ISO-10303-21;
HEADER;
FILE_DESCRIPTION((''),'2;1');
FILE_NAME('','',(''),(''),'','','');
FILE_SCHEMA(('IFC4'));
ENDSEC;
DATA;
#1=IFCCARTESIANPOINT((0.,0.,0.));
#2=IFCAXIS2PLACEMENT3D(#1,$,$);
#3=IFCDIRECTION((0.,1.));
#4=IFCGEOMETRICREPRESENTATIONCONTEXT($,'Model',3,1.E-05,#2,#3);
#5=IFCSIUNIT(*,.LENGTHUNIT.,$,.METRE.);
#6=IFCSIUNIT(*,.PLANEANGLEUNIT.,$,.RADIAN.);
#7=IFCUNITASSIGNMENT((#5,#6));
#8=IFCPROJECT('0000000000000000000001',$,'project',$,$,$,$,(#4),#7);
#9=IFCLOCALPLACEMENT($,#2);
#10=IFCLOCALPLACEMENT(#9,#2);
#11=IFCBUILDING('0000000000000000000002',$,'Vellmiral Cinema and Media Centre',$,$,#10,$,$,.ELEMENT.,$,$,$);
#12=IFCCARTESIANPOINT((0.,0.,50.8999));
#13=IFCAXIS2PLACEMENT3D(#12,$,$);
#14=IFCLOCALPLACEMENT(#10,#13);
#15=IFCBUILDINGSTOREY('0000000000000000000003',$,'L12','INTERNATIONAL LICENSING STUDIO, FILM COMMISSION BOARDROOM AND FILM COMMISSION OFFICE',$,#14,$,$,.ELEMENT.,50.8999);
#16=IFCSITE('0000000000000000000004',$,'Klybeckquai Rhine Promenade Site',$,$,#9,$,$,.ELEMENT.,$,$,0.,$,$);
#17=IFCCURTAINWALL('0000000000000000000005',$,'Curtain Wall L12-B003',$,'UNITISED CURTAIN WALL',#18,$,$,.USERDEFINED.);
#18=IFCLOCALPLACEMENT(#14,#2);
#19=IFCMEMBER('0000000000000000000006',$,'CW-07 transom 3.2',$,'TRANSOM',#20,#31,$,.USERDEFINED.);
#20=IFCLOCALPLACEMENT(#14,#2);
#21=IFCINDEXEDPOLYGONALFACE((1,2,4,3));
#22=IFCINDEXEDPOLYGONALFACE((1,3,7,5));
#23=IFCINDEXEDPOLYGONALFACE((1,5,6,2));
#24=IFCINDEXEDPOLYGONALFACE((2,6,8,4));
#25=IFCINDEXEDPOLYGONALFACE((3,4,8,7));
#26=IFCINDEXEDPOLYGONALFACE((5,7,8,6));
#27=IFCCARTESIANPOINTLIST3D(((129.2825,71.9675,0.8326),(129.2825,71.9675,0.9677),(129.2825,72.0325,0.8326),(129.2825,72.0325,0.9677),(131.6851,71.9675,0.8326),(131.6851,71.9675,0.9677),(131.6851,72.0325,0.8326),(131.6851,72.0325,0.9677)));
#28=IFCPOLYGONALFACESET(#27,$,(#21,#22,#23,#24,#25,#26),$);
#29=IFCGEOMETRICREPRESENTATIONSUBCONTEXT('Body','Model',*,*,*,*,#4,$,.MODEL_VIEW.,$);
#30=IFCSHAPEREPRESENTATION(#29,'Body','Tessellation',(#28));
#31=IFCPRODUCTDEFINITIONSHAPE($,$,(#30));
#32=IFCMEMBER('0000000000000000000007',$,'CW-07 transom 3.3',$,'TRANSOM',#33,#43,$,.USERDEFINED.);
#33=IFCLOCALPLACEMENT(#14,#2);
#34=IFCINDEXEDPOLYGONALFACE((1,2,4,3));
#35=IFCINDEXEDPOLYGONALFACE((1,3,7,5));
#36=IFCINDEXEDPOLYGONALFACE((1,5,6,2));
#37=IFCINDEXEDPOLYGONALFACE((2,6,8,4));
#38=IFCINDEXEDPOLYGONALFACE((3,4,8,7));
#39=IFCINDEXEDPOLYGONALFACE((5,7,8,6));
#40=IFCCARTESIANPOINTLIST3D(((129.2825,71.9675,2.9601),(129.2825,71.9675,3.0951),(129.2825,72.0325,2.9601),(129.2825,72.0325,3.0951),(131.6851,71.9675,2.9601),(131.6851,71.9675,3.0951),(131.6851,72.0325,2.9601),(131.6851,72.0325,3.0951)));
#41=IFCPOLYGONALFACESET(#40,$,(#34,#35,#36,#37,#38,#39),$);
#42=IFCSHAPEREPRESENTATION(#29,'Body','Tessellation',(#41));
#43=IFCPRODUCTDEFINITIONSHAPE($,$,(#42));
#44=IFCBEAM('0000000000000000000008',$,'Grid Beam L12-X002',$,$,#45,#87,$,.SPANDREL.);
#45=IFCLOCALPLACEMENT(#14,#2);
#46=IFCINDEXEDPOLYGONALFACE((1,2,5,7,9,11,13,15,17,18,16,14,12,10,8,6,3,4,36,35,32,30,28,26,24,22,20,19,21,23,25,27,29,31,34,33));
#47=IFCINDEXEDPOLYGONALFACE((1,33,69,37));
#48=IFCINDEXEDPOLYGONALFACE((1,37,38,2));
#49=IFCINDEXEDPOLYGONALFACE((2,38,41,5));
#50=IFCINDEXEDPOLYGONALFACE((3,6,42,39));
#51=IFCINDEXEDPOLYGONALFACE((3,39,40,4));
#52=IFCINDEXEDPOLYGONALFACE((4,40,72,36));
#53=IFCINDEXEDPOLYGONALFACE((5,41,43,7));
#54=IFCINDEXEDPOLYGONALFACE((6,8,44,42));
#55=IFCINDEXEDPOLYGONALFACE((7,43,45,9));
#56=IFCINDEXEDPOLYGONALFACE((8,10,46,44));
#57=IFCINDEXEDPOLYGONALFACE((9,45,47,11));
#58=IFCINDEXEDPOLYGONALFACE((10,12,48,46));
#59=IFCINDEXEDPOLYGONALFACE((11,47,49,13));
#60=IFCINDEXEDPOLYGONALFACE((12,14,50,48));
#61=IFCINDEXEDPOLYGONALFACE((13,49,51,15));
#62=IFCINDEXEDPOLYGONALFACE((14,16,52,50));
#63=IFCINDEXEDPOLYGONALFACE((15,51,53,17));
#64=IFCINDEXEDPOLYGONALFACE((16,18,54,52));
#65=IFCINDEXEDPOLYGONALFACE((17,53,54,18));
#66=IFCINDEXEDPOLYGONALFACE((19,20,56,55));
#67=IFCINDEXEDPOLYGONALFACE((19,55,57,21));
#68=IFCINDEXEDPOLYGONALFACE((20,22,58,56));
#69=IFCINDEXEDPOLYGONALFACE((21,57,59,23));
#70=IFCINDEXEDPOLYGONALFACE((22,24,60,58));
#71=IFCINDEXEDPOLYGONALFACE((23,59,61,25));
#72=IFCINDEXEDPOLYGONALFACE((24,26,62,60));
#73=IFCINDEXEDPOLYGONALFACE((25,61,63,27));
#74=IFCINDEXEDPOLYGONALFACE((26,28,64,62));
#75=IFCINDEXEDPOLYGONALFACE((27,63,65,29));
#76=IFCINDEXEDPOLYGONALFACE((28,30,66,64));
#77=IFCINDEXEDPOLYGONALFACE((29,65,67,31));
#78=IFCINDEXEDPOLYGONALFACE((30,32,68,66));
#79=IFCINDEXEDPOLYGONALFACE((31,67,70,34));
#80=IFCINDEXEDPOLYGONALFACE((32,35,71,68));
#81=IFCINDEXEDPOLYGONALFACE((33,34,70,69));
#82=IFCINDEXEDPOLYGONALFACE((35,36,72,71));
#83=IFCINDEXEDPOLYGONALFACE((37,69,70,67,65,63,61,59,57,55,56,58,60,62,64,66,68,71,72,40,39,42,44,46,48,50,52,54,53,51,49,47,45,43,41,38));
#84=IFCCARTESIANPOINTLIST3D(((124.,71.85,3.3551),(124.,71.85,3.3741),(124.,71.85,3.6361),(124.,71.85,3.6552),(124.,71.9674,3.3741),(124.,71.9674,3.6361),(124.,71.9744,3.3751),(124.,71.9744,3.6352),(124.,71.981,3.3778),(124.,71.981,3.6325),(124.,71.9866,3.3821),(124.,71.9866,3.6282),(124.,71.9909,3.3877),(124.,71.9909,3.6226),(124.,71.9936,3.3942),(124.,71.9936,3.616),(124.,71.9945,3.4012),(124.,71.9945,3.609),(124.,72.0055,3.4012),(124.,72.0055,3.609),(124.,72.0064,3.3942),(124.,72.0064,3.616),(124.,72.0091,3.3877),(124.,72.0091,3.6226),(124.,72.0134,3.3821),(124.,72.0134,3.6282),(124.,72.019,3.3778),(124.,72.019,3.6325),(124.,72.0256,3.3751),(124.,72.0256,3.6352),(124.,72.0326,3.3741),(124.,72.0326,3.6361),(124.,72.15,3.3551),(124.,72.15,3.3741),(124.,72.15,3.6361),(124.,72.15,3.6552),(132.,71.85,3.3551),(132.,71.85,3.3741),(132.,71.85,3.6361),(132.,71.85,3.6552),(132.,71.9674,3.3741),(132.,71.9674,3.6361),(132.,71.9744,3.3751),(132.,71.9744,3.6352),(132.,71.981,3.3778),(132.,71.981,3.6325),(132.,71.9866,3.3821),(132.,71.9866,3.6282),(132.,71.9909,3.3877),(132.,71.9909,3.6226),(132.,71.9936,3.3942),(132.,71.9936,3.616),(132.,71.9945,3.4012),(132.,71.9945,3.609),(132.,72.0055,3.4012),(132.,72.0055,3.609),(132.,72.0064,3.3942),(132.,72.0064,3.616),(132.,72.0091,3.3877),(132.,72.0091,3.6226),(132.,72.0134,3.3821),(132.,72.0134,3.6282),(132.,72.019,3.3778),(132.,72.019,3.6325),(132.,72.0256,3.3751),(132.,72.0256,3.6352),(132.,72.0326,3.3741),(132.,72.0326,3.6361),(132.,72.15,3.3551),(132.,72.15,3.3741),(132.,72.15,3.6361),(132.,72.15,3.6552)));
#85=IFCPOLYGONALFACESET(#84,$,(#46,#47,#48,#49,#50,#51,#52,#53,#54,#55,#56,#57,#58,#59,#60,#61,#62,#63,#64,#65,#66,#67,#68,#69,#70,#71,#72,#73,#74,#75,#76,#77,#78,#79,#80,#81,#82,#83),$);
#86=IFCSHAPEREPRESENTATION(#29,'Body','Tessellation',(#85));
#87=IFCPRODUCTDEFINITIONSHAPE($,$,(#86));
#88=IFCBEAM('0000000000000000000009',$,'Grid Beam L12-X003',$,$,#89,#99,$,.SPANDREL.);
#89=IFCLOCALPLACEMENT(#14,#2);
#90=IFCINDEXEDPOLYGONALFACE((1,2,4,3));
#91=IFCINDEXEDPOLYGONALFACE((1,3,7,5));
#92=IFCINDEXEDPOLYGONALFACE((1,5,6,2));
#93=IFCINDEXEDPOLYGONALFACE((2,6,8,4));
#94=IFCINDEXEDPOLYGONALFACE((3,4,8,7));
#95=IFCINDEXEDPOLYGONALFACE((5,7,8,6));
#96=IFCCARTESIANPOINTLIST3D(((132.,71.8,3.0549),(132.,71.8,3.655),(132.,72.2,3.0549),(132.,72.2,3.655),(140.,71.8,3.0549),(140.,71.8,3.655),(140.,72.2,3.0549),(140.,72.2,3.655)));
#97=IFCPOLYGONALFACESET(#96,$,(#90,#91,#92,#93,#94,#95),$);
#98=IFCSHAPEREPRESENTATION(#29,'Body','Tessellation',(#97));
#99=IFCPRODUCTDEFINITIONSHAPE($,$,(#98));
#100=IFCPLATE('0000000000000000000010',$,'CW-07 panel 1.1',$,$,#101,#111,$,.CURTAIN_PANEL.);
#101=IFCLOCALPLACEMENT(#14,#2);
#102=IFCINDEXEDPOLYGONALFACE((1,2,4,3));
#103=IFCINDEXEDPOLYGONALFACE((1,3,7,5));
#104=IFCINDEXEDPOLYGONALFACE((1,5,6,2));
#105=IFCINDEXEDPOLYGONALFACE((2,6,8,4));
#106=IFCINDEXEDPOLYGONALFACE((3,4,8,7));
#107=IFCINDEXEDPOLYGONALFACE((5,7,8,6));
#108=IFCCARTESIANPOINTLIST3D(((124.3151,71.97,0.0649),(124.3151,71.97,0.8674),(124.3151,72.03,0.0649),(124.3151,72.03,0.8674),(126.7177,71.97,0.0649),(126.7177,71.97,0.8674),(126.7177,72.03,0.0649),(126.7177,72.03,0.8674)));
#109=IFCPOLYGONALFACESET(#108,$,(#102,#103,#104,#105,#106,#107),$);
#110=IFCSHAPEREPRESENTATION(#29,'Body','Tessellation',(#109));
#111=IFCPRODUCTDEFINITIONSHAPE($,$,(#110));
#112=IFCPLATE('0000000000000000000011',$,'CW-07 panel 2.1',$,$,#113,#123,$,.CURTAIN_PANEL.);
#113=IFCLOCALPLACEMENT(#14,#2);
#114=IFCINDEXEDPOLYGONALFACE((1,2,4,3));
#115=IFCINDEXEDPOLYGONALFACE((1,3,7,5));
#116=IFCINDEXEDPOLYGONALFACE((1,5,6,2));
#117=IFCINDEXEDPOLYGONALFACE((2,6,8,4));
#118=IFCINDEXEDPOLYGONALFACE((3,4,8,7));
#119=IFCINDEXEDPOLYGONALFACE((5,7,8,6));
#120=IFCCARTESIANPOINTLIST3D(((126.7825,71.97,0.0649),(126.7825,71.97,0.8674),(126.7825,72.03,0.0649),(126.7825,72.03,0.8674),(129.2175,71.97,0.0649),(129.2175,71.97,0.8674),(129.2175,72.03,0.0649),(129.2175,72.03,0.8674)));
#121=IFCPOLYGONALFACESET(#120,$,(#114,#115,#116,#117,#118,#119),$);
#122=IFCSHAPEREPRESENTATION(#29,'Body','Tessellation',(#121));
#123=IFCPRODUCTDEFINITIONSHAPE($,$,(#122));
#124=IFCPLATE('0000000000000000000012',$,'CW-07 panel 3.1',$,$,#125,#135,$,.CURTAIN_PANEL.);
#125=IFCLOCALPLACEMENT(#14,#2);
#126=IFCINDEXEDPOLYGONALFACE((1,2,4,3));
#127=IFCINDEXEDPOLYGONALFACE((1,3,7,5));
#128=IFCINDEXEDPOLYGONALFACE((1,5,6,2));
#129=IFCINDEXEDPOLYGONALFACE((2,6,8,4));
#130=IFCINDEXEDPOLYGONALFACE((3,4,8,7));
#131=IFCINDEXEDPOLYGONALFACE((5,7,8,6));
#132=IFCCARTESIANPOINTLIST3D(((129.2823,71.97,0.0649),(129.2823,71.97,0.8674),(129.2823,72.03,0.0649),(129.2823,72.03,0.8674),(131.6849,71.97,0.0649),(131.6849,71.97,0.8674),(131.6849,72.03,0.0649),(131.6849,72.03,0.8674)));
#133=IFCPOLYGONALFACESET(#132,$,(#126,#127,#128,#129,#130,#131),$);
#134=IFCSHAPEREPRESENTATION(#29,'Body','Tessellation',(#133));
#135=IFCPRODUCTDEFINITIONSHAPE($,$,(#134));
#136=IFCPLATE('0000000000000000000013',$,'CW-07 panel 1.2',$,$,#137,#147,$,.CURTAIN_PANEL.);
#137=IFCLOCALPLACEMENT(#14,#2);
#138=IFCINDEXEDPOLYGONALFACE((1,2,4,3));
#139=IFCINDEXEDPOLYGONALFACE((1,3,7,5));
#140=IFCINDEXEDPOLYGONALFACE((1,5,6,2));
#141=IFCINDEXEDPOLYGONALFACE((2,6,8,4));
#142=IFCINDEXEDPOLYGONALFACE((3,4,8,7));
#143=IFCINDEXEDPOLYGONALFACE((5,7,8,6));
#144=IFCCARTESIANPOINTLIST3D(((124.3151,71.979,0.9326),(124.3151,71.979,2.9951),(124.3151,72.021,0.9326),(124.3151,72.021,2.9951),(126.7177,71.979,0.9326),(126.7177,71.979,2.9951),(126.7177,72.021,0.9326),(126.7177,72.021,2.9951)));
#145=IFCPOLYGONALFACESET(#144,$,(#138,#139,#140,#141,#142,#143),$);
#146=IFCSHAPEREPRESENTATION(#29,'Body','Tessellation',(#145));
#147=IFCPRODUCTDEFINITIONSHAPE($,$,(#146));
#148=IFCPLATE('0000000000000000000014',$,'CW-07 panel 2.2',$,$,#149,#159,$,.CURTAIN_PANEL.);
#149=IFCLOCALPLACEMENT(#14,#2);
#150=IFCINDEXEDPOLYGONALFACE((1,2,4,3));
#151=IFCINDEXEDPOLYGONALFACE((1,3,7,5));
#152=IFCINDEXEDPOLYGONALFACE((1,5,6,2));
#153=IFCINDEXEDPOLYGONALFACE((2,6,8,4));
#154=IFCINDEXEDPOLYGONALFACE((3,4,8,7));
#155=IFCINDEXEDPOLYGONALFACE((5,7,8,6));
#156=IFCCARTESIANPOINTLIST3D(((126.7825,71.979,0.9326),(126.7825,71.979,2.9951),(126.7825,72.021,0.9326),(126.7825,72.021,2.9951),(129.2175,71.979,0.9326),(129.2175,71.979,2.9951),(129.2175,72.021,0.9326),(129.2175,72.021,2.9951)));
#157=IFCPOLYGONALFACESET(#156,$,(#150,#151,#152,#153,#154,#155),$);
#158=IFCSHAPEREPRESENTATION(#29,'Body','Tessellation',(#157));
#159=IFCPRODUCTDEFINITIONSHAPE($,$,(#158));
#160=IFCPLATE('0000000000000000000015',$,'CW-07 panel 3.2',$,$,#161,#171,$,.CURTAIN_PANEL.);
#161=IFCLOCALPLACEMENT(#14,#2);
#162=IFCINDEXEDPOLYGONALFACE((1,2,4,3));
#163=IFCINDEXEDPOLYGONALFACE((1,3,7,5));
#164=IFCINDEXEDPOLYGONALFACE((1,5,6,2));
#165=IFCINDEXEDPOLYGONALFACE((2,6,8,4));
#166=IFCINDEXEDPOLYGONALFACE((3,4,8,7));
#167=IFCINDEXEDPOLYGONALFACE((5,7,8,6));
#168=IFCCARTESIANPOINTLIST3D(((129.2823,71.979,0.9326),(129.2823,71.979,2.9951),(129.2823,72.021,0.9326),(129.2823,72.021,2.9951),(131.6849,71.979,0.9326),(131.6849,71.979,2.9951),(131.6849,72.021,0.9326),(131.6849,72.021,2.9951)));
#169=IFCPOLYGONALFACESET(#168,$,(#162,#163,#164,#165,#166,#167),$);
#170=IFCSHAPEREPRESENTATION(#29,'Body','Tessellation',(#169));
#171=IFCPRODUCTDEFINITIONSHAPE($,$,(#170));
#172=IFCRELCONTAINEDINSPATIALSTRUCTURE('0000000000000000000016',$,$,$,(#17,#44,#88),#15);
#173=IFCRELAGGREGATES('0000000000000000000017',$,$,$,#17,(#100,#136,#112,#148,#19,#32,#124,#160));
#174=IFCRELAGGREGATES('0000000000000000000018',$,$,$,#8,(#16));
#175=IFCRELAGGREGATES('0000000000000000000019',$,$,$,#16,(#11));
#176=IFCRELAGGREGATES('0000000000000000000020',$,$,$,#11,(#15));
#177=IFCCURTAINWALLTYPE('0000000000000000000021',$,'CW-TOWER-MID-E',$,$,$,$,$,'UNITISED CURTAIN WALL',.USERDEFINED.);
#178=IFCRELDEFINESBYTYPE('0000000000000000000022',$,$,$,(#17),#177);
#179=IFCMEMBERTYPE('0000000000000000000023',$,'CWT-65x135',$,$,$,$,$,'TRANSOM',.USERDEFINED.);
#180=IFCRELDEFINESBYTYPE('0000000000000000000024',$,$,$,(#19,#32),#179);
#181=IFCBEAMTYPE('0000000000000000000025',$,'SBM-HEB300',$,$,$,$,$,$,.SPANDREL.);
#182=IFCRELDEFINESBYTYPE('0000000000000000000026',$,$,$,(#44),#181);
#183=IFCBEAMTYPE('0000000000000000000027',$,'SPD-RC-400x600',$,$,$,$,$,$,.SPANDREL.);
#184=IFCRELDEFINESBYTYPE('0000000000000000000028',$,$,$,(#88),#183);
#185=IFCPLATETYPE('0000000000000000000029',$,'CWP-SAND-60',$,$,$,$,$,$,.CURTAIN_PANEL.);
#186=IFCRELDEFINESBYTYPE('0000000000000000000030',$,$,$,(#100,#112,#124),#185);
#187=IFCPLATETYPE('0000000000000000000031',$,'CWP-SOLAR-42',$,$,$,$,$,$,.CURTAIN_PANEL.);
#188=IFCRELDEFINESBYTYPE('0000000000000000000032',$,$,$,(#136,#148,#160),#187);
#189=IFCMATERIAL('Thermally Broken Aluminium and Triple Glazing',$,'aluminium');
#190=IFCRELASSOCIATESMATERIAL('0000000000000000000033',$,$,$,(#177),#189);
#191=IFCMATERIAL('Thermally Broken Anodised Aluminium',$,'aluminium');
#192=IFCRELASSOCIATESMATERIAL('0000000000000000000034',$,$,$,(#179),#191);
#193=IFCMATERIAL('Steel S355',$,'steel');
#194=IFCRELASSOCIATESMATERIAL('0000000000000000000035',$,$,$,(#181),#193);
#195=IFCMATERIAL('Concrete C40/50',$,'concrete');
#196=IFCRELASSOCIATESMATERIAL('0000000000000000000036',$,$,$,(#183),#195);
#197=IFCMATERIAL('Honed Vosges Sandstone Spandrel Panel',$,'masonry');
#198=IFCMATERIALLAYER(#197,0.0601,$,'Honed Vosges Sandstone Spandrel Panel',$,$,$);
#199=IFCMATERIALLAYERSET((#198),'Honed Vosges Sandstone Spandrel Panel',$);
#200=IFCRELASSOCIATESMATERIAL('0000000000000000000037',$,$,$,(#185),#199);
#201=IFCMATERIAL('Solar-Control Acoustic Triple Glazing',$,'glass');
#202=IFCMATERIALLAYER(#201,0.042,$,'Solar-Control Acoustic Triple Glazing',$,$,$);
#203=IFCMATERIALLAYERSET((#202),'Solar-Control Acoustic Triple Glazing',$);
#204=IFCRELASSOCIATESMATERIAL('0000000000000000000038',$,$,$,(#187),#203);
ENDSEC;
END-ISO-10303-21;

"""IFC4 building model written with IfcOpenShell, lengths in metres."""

from ifc_helpers import new_model, si_unit, direction, frame, origin, origin_2d, place, context, subcontext, project, spatial, rectangle, i_section, extrude, material, layer, layer_set, material_profile, profile_set, type_object, element, aggregate, save


model = new_model("IFC4")

# Units and contexts
model_context = context("Model", 3, precision=1e-05, world=origin(), true_north=direction((0.0, 1.0)))
body_context = subcontext(model_context, "Body", "Model", "MODEL_VIEW")
ifc_project = project(units=[si_unit("LENGTHUNIT", "METRE"), si_unit("PLANEANGLEUNIT", "RADIAN")], contexts=[model_context])

# Site, building, storey
site_placement = place(None, origin())
site = spatial("IfcSite", under=ifc_project, at=site_placement, Name="Klybeckquai Rhine Promenade Site", CompositionType="ELEMENT", RefElevation=0.0)
building_placement = place(site_placement, origin())
building = spatial("IfcBuilding", under=site, at=building_placement, Name="Vellmiral Cinema and Media Centre", CompositionType="ELEMENT")
storey_placement = place(building_placement, frame((0.0, 0.0, 50.8999)))
storey = spatial("IfcBuildingStorey", under=building, at=storey_placement, Name="L12", Description="INTERNATIONAL LICENSING STUDIO, FILM COMMISSION BOARDROOM AND FILM COMMISSION OFFICE", CompositionType="ELEMENT", Elevation=50.8999)

# Curtain wall, members
ifc_material_1 = material(Name="Thermally Broken Aluminium and Triple Glazing", Category="aluminium")
curtain_wall_type = type_object("IfcCurtainWallType", Name="CW-TOWER-MID-E", ElementType="UNITISED CURTAIN WALL", PredefinedType="USERDEFINED", material=ifc_material_1)
curtain_wall_placement = place(storey_placement, origin())
curtain_wall = element("IfcCurtainWall", 1, at=curtain_wall_placement, inside=storey, type_object=curtain_wall_type, Name="Curtain Wall L12-B003", ObjectType="UNITISED CURTAIN WALL", PredefinedType="USERDEFINED")
ifc_material_2 = material(Name="Thermally Broken Anodised Aluminium", Category="aluminium")
ifc_material_profile_1 = material_profile(ifc_material_2, rectangle(XDim=0.0649, YDim=0.135, at=origin_2d()), Name="MULL 65x135")
ifc_profile_set_1 = profile_set([ifc_material_profile_1], Name="Thermally Broken Anodised Aluminium")
member_type_1 = type_object("IfcMemberType", Name="CWT-65x135", ElementType="TRANSOM", PredefinedType="USERDEFINED", material=ifc_profile_set_1)
member_1_placement = place(storey_placement, frame((129.2825, 72.0, 0.9001), z_axis=(1.0, 0.0, 0.0), x_axis=(0.0, 1.0, 0.0)))
member_1 = element("IfcMember", 2, at=member_1_placement, type_object=member_type_1, Name="CW-07 transom 3.2", ObjectType="TRANSOM", PredefinedType="USERDEFINED", context=body_context, shape_type="SweptSolid", body=[
    extrude(rectangle(XDim=0.0649, YDim=0.135, at=origin_2d()), origin(), (0.0, 0.0, 1.0), 2.4026),
])
member_2_placement = place(storey_placement, frame((129.2825, 72.0, 3.0276), z_axis=(1.0, 0.0, 0.0), x_axis=(0.0, 1.0, 0.0)))
member_2 = element("IfcMember", 3, at=member_2_placement, type_object=member_type_1, Name="CW-07 transom 3.3", ObjectType="TRANSOM", PredefinedType="USERDEFINED", context=body_context, shape_type="SweptSolid", body=[
    extrude(rectangle(XDim=0.0649, YDim=0.135, at=origin_2d()), origin(), (0.0, 0.0, 1.0), 2.4026),
])

# Beams
ifc_material_3 = material(Name="Steel S355", Category="steel")
ifc_material_profile_2 = material_profile(ifc_material_3, i_section(OverallWidth=0.3, OverallDepth=0.3, WebThickness=0.011, FlangeThickness=0.019, FilletRadius=0.0271, at=origin_2d()), Name="HEB 300")
ifc_profile_set_2 = profile_set([ifc_material_profile_2], Name="Steel S355")
beam_type_1 = type_object("IfcBeamType", Name="SBM-HEB300", PredefinedType="SPANDREL", material=ifc_profile_set_2)
beam_1_placement = place(storey_placement, frame((124.0, 72.0, 3.5051), z_axis=(1.0, 0.0, 0.0), x_axis=(0.0, 1.0, 0.0)))
element("IfcBeam", 4, at=beam_1_placement, inside=storey, type_object=beam_type_1, Name="Grid Beam L12-X002", PredefinedType="SPANDREL", context=body_context, shape_type="SweptSolid", body=[
    extrude(i_section(OverallWidth=0.3, OverallDepth=0.3, WebThickness=0.011, FlangeThickness=0.019, FilletRadius=0.0271, at=origin_2d()), origin(), (0.0, 0.0, 1.0), 8.0),
])
ifc_material_4 = material(Name="Concrete C40/50", Category="concrete")
ifc_material_profile_3 = material_profile(ifc_material_4, rectangle(XDim=0.3999, YDim=0.6001, at=origin_2d()), Name="RC 400x600")
ifc_profile_set_3 = profile_set([ifc_material_profile_3], Name="Concrete C40/50")
beam_type_2 = type_object("IfcBeamType", Name="SPD-RC-400x600", PredefinedType="SPANDREL", material=ifc_profile_set_3)
beam_2_placement = place(storey_placement, frame((132.0, 72.0, 3.355), z_axis=(1.0, 0.0, 0.0), x_axis=(0.0, 1.0, 0.0)))
element("IfcBeam", 5, at=beam_2_placement, inside=storey, type_object=beam_type_2, Name="Grid Beam L12-X003", PredefinedType="SPANDREL", context=body_context, shape_type="SweptSolid", body=[
    extrude(rectangle(XDim=0.3999, YDim=0.6001, at=origin_2d()), origin(), (0.0, 0.0, 1.0), 8.0),
])

# Plates
ifc_material_5 = material(Name="Honed Vosges Sandstone Spandrel Panel", Category="masonry")
ifc_layer_1 = layer(ifc_material_5, 0.0601, Name="Honed Vosges Sandstone Spandrel Panel")
ifc_layer_set_1 = layer_set([ifc_layer_1], Name="Honed Vosges Sandstone Spandrel Panel")
plate_type_1 = type_object("IfcPlateType", Name="CWP-SAND-60", PredefinedType="CURTAIN_PANEL", material=ifc_layer_set_1)
plate_1_placement = place(storey_placement, frame((125.5164, 72.0, 0.0649), z_axis=(0.0, 0.0, 1.0), x_axis=(1.0, 0.0, 0.0)))
plate_1 = element("IfcPlate", 6, at=plate_1_placement, type_object=plate_type_1, Name="CW-07 panel 1.1", PredefinedType="CURTAIN_PANEL", context=body_context, shape_type="SweptSolid", body=[
    extrude(rectangle(XDim=2.4026, YDim=0.0601, at=origin_2d()), origin(), (0.0, 0.0, 1.0), 0.8025),
])
plate_2_placement = place(storey_placement, frame((128.0, 72.0, 0.0649), z_axis=(0.0, 0.0, 1.0), x_axis=(1.0, 0.0, 0.0)))
plate_2 = element("IfcPlate", 7, at=plate_2_placement, type_object=plate_type_1, Name="CW-07 panel 2.1", PredefinedType="CURTAIN_PANEL", context=body_context, shape_type="SweptSolid", body=[
    extrude(rectangle(XDim=2.4351, YDim=0.0601, at=origin_2d()), origin(), (0.0, 0.0, 1.0), 0.8025),
])
plate_3_placement = place(storey_placement, frame((130.4836, 72.0, 0.0649), z_axis=(0.0, 0.0, 1.0), x_axis=(1.0, 0.0, 0.0)))
plate_3 = element("IfcPlate", 8, at=plate_3_placement, type_object=plate_type_1, Name="CW-07 panel 3.1", PredefinedType="CURTAIN_PANEL", context=body_context, shape_type="SweptSolid", body=[
    extrude(rectangle(XDim=2.4026, YDim=0.0601, at=origin_2d()), origin(), (0.0, 0.0, 1.0), 0.8025),
])
ifc_material_6 = material(Name="Solar-Control Acoustic Triple Glazing", Category="glass")
ifc_layer_2 = layer(ifc_material_6, 0.042, Name="Solar-Control Acoustic Triple Glazing")
ifc_layer_set_2 = layer_set([ifc_layer_2], Name="Solar-Control Acoustic Triple Glazing")
plate_type_2 = type_object("IfcPlateType", Name="CWP-SOLAR-42", PredefinedType="CURTAIN_PANEL", material=ifc_layer_set_2)
plate_4_placement = place(storey_placement, frame((125.5164, 72.0, 0.9326), z_axis=(0.0, 0.0, 1.0), x_axis=(1.0, 0.0, 0.0)))
plate_4 = element("IfcPlate", 9, at=plate_4_placement, type_object=plate_type_2, Name="CW-07 panel 1.2", PredefinedType="CURTAIN_PANEL", context=body_context, shape_type="SweptSolid", body=[
    extrude(rectangle(XDim=2.4026, YDim=0.042, at=origin_2d()), origin(), (0.0, 0.0, 1.0), 2.0625),
])
plate_5_placement = place(storey_placement, frame((128.0, 72.0, 0.9326), z_axis=(0.0, 0.0, 1.0), x_axis=(1.0, 0.0, 0.0)))
plate_5 = element("IfcPlate", 10, at=plate_5_placement, type_object=plate_type_2, Name="CW-07 panel 2.2", PredefinedType="CURTAIN_PANEL", context=body_context, shape_type="SweptSolid", body=[
    extrude(rectangle(XDim=2.4351, YDim=0.042, at=origin_2d()), origin(), (0.0, 0.0, 1.0), 2.0625),
])
plate_6_placement = place(storey_placement, frame((130.4836, 72.0, 0.9326), z_axis=(0.0, 0.0, 1.0), x_axis=(1.0, 0.0, 0.0)))
plate_6 = element("IfcPlate", 11, at=plate_6_placement, type_object=plate_type_2, Name="CW-07 panel 3.2", PredefinedType="CURTAIN_PANEL", context=body_context, shape_type="SweptSolid", body=[
    extrude(rectangle(XDim=2.4026, YDim=0.042, at=origin_2d()), origin(), (0.0, 0.0, 1.0), 2.0625),
])
aggregate(curtain_wall, [plate_1, plate_4, plate_2, plate_5, member_1, member_2, plate_3, plate_6])

save(model, "model.ifc")
